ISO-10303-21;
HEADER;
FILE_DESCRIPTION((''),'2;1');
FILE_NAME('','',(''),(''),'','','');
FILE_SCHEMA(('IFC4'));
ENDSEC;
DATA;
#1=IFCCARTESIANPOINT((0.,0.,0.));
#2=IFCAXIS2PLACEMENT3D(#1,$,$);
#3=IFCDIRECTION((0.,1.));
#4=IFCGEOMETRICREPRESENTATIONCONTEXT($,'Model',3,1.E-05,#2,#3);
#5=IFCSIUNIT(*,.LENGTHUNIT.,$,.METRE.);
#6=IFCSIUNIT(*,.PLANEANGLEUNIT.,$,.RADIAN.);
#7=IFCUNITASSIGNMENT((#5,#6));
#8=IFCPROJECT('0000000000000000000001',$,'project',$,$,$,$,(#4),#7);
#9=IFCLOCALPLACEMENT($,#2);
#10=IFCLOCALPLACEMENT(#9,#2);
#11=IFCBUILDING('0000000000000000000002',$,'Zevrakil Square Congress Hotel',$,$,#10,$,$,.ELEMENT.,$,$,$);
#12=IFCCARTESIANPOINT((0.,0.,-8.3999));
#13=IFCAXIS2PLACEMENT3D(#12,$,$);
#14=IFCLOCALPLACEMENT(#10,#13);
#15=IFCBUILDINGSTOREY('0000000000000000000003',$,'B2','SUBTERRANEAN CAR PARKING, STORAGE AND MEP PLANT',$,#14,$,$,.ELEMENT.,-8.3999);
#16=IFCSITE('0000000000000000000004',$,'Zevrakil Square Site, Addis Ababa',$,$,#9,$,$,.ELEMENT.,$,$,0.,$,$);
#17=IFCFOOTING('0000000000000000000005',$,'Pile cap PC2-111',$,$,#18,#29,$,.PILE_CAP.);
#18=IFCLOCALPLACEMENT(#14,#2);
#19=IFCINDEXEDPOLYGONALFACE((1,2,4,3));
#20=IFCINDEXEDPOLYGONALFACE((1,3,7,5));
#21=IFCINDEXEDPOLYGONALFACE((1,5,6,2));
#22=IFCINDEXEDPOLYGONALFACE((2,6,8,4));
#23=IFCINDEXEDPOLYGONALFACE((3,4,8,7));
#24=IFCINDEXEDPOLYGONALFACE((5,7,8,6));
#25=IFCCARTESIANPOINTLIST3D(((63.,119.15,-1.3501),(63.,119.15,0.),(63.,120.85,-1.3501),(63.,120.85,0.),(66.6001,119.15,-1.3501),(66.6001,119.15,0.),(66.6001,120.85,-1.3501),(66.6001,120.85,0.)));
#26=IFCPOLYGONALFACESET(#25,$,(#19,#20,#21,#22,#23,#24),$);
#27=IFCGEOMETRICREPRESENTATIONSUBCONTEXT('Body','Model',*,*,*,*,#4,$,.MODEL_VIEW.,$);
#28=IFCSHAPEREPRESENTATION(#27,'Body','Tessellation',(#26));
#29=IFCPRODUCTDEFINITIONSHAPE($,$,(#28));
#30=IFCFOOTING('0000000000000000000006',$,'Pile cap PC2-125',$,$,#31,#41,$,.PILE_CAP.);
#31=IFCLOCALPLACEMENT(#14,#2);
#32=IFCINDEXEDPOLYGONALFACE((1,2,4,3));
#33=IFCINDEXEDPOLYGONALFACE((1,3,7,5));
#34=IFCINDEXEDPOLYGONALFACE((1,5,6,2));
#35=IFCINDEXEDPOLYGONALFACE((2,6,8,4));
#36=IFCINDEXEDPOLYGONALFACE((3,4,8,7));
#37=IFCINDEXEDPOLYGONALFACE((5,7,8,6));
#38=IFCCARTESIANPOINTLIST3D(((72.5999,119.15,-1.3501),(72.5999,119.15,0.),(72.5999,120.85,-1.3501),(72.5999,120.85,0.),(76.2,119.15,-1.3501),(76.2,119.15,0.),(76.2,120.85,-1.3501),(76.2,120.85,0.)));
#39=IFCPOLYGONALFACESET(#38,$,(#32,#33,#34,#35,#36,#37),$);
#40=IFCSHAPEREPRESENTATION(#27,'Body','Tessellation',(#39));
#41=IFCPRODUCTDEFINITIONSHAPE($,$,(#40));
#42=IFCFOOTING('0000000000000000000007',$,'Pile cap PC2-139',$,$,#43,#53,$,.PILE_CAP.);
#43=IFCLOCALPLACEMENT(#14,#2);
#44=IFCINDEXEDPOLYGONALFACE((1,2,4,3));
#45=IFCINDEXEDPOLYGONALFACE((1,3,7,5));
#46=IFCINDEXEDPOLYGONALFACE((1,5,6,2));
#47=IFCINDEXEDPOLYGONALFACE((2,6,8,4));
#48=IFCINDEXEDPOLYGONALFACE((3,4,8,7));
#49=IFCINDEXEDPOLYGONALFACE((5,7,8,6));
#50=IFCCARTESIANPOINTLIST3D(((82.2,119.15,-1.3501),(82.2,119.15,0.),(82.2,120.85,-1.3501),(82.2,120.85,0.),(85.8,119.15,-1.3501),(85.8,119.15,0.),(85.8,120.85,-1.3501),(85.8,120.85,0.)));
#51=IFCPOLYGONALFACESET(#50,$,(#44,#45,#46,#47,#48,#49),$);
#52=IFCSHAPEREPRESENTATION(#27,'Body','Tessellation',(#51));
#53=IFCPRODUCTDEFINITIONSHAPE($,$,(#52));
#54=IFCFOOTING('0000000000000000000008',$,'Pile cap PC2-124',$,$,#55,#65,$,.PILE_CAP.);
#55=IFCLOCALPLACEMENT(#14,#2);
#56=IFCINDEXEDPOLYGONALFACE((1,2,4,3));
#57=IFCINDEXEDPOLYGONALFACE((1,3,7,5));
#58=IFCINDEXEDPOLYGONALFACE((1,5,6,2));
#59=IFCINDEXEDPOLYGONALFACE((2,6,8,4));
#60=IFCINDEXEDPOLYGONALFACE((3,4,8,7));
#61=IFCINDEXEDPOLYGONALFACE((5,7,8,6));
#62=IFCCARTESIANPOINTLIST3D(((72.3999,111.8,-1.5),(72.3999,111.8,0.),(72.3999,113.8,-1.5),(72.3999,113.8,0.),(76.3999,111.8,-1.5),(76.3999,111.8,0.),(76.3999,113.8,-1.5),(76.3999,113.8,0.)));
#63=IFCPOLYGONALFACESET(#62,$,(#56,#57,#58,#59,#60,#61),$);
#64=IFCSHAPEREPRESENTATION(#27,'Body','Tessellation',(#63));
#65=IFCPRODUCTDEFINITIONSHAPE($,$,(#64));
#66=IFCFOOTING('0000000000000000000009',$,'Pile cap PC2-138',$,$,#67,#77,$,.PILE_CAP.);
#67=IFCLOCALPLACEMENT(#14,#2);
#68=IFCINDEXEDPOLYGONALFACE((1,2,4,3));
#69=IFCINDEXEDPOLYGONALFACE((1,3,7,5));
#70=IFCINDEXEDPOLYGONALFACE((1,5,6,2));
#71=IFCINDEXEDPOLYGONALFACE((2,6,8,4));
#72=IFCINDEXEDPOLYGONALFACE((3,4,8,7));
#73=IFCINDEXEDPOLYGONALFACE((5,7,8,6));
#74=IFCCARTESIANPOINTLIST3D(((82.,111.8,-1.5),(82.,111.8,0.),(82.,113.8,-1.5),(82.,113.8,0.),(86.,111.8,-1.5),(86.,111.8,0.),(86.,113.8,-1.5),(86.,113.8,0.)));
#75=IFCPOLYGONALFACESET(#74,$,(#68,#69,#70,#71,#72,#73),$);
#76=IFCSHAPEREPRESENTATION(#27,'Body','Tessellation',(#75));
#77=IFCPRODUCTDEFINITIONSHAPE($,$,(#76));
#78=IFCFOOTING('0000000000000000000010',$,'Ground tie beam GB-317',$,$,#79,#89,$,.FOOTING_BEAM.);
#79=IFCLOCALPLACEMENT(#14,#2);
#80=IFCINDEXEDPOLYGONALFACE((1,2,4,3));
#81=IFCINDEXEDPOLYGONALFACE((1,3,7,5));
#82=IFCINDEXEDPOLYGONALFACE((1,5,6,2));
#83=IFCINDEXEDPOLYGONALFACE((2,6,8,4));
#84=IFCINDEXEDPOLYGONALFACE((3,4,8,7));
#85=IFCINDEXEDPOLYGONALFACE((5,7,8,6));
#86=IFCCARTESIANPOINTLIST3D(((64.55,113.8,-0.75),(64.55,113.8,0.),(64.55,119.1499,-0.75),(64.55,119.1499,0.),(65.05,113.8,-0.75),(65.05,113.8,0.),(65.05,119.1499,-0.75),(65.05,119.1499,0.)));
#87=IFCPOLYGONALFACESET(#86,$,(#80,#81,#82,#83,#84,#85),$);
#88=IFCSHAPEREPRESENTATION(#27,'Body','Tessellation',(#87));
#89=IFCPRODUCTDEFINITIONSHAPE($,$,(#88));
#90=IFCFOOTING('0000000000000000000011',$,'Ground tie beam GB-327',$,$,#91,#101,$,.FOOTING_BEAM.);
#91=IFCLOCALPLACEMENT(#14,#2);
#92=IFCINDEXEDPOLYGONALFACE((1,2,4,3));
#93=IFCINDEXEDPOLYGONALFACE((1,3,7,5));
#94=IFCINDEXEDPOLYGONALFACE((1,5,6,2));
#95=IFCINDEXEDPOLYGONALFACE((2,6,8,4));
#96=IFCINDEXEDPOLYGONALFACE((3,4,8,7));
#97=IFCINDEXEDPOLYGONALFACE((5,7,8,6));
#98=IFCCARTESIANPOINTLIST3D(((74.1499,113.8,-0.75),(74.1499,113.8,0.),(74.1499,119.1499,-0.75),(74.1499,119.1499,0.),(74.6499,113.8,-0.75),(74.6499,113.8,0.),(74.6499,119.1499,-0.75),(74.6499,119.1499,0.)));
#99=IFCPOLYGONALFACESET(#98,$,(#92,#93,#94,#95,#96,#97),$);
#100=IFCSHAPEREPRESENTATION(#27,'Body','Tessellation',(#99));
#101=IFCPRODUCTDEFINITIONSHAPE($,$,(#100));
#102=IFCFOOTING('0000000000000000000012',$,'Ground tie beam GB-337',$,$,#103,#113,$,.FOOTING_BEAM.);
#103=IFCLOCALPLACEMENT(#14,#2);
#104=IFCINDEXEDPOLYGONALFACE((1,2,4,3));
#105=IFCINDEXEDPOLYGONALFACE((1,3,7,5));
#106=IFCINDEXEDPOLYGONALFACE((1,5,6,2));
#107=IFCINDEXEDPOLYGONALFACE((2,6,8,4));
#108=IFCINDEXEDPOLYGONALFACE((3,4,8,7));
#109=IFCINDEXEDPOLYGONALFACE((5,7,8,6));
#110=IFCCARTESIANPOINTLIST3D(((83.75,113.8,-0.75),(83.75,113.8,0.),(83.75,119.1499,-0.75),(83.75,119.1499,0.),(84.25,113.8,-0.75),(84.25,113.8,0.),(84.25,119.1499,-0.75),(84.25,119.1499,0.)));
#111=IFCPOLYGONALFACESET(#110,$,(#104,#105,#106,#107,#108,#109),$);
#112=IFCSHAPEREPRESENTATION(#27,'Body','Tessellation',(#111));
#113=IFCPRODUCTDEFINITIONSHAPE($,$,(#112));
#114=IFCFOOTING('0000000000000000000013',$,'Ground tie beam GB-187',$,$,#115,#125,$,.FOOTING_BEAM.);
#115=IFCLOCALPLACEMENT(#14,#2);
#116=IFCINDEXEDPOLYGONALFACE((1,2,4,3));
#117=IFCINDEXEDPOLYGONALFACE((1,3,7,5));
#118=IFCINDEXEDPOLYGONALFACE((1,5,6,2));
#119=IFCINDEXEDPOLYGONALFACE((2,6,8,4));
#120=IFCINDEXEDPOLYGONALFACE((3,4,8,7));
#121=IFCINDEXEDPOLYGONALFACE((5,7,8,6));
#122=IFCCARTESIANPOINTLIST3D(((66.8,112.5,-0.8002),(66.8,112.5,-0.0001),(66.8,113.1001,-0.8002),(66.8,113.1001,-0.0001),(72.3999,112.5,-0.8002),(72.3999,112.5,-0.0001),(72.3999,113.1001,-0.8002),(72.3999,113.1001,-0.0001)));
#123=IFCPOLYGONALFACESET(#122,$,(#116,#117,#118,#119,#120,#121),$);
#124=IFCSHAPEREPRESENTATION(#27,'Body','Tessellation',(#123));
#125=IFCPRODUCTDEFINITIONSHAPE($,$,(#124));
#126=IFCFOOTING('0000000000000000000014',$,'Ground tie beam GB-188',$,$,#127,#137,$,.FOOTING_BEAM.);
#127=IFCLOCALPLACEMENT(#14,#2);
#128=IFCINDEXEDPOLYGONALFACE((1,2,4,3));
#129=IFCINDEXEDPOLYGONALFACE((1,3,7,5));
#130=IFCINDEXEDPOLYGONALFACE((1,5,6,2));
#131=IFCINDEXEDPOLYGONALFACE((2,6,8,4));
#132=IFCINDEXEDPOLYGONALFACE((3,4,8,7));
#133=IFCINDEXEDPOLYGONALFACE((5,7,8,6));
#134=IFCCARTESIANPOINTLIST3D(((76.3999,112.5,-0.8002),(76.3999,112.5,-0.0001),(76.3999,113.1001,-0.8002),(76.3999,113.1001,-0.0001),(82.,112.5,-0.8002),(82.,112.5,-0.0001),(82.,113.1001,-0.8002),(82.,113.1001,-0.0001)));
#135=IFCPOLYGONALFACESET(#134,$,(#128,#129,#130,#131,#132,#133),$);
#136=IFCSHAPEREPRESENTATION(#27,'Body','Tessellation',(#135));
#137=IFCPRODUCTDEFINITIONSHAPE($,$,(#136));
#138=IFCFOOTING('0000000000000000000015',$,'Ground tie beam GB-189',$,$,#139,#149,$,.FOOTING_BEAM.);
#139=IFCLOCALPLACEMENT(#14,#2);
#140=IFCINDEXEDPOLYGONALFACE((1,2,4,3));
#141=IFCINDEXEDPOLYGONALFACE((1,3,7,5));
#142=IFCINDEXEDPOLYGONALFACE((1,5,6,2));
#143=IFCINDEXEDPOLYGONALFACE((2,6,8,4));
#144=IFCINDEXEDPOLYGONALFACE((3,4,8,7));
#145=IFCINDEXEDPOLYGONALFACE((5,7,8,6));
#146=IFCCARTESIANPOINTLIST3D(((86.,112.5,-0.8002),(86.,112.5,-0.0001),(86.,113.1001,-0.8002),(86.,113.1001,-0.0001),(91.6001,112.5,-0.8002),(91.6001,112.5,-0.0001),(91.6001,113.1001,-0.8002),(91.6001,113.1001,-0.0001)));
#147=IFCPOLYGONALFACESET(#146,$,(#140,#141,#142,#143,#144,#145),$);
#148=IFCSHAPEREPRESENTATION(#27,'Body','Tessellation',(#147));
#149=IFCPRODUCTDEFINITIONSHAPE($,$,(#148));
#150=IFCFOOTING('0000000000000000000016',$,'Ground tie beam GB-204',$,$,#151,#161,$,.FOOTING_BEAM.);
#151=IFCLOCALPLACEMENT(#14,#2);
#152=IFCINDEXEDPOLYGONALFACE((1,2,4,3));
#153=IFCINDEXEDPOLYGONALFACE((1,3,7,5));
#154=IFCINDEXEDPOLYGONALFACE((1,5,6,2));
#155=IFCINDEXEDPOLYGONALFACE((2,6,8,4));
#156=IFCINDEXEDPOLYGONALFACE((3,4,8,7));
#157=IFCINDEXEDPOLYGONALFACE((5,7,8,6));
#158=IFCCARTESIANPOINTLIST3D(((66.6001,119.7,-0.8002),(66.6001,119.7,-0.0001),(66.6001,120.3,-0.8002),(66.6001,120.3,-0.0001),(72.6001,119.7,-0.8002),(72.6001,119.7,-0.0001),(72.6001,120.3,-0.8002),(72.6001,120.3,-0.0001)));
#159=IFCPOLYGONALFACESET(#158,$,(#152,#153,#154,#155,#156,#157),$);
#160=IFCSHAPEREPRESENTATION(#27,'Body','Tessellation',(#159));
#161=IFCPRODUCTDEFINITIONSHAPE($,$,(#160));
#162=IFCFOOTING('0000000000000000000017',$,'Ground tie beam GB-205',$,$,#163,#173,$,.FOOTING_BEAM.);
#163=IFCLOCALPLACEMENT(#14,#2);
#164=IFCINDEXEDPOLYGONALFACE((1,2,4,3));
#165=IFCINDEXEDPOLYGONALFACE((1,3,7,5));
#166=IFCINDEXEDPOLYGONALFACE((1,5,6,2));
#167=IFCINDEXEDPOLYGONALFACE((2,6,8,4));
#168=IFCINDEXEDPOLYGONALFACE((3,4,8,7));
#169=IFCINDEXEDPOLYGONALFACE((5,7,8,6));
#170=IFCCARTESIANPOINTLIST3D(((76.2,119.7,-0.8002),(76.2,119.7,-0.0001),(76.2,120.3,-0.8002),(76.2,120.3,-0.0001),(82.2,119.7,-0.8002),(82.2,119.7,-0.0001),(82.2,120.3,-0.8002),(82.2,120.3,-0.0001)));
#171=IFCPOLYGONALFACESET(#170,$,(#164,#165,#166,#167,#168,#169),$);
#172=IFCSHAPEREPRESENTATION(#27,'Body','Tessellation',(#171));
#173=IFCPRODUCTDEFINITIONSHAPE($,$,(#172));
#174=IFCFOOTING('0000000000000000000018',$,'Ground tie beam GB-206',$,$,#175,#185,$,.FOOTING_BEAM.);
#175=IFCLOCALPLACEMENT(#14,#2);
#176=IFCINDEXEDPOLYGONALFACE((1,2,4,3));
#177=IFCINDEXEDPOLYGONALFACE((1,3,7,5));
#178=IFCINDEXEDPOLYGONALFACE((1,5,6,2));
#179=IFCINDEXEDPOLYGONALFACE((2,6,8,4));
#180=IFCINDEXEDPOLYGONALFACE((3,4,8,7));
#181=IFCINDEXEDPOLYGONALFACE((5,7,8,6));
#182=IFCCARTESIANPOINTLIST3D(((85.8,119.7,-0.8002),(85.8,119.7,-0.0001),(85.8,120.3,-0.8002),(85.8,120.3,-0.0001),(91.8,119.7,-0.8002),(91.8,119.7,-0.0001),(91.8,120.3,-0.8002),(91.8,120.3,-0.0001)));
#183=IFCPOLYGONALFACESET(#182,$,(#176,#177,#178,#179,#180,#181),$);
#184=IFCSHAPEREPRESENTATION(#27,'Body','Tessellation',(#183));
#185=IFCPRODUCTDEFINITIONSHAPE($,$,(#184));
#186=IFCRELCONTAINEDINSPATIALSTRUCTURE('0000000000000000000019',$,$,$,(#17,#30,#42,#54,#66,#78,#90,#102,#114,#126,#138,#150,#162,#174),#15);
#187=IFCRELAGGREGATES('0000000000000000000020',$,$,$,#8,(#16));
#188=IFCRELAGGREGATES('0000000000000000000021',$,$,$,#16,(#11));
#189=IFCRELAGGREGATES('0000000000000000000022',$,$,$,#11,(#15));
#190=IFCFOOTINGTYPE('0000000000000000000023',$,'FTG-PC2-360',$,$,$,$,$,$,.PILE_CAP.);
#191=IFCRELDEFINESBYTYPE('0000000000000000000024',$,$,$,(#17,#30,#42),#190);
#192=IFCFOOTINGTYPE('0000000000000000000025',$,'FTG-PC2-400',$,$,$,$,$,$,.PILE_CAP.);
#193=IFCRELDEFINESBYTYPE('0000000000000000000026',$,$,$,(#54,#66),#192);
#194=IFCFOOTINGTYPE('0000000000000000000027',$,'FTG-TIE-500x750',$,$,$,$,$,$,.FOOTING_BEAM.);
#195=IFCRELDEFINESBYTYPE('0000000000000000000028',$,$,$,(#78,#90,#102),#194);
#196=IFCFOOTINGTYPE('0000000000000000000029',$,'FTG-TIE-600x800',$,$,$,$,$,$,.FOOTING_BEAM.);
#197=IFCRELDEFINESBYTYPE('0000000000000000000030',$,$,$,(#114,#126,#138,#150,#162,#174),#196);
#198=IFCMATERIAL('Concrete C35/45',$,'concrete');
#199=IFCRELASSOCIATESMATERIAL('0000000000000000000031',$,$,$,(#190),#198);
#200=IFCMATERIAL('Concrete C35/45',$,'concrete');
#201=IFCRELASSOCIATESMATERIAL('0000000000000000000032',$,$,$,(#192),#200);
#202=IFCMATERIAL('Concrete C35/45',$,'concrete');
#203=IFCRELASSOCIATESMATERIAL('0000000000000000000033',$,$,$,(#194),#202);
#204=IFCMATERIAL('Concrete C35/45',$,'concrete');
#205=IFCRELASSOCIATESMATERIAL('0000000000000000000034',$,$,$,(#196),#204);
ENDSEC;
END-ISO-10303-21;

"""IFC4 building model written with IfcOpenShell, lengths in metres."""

from ifc_helpers import new_model, si_unit, direction, frame, origin, origin_2d, place, context, subcontext, project, spatial, rectangle, extrude, material, material_profile, profile_set, type_object, element, save


model = new_model("IFC4")

# Units and contexts
model_context = context("Model", 3, precision=1e-05, world=origin(), true_north=direction((0.0, 1.0)))
body_context = subcontext(model_context, "Body", "Model", "MODEL_VIEW")
ifc_project = project(units=[si_unit("LENGTHUNIT", "METRE"), si_unit("PLANEANGLEUNIT", "RADIAN")], contexts=[model_context])

# Site, building, storey
site_placement = place(None, origin())
site = spatial("IfcSite", under=ifc_project, at=site_placement, Name="Zevrakil Square Site, Addis Ababa", CompositionType="ELEMENT", RefElevation=0.0)
building_placement = place(site_placement, origin())
building = spatial("IfcBuilding", under=site, at=building_placement, Name="Zevrakil Square Congress Hotel", CompositionType="ELEMENT")
storey_placement = place(building_placement, frame((0.0, 0.0, -8.3999)))
storey = spatial("IfcBuildingStorey", under=building, at=storey_placement, Name="B2", Description="SUBTERRANEAN CAR PARKING, STORAGE AND MEP PLANT", CompositionType="ELEMENT", Elevation=-8.3999)

# Footings
ifc_material_1 = material(Name="Concrete C35/45", Category="concrete")
footing_type_1 = type_object("IfcFootingType", Name="FTG-PC2-360", PredefinedType="PILE_CAP", material=ifc_material_1)
for number, where, z_axis, x_axis, name in (
    (1, (64.8, 120.0, -1.3501), (0.0, 0.0, 1.0), (1.0, 0.0, 0.0), "Pile cap PC2-111"),
    (2, (74.3999, 120.0, -1.3501), (0.0, 0.0, 1.0), (1.0, 0.0, 0.0), "Pile cap PC2-125"),
    (3, (84.0, 120.0, -1.3501), (0.0, 0.0, 1.0), (1.0, 0.0, 0.0), "Pile cap PC2-139"),
):
    element("IfcFooting", number, at=place(storey_placement, frame(where, z_axis=z_axis, x_axis=x_axis)), inside=storey, type_object=footing_type_1, Name=name, PredefinedType="PILE_CAP", context=body_context, shape_type="SweptSolid", body=[
        extrude(rectangle(XDim=3.6001, YDim=1.7, at=origin_2d()), origin(), (0.0, 0.0, 1.0), 1.3501),
    ])
ifc_material_2 = material(Name="Concrete C35/45", Category="concrete")
footing_type_2 = type_object("IfcFootingType", Name="FTG-PC2-400", PredefinedType="PILE_CAP", material=ifc_material_2)
for number, where, z_axis, x_axis, name in (
    (4, (74.3999, 112.8, -1.5), (0.0, 0.0, 1.0), (1.0, 0.0, 0.0), "Pile cap PC2-124"),
    (5, (84.0, 112.8, -1.5), (0.0, 0.0, 1.0), (1.0, 0.0, 0.0), "Pile cap PC2-138"),
):
    element("IfcFooting", number, at=place(storey_placement, frame(where, z_axis=z_axis, x_axis=x_axis)), inside=storey, type_object=footing_type_2, Name=name, PredefinedType="PILE_CAP", context=body_context, shape_type="SweptSolid", body=[
        extrude(rectangle(XDim=4.0, YDim=2.0, at=origin_2d()), origin(), (0.0, 0.0, 1.0), 1.5),
    ])
ifc_material_3 = material(Name="Concrete C35/45", Category="concrete")
ifc_material_profile_1 = material_profile(ifc_material_3, rectangle(XDim=0.5, YDim=0.75, at=origin_2d()), Name="RC 500x750")
ifc_profile_set_1 = profile_set([ifc_material_profile_1], Name="Concrete C35/45")
footing_type_3 = type_object("IfcFootingType", Name="FTG-TIE-500x750", PredefinedType="FOOTING_BEAM", material=ifc_profile_set_1)
for number, where, z_axis, x_axis, name in (
    (6, (64.8, 113.8, -0.375), (0.0, 1.0, 0.0), (-1.0, 0.0, 0.0), "Ground tie beam GB-317"),
    (7, (74.3999, 113.8, -0.375), (0.0, 1.0, 0.0), (-1.0, 0.0, 0.0), "Ground tie beam GB-327"),
    (8, (84.0, 113.8, -0.375), (0.0, 1.0, 0.0), (-1.0, 0.0, 0.0), "Ground tie beam GB-337"),
):
    element("IfcFooting", number, at=place(storey_placement, frame(where, z_axis=z_axis, x_axis=x_axis)), inside=storey, type_object=footing_type_3, Name=name, PredefinedType="FOOTING_BEAM", context=body_context, shape_type="SweptSolid", body=[
        extrude(rectangle(XDim=0.5, YDim=0.75, at=origin_2d()), origin(), (0.0, 0.0, 1.0), 5.3499),
    ])
ifc_material_4 = material(Name="Concrete C35/45", Category="concrete")
ifc_material_profile_2 = material_profile(ifc_material_4, rectangle(XDim=0.6001, YDim=0.8, at=origin_2d()), Name="RC 600x800")
ifc_profile_set_2 = profile_set([ifc_material_profile_2], Name="Concrete C35/45")
footing_type_4 = type_object("IfcFootingType", Name="FTG-TIE-600x800", PredefinedType="FOOTING_BEAM", material=ifc_profile_set_2)
footing_placement = place(storey_placement, frame((66.8, 112.8, -0.4001), z_axis=(1.0, 0.0, 0.0), x_axis=(0.0, 1.0, 0.0)))
element("IfcFooting", 9, at=footing_placement, inside=storey, type_object=footing_type_4, Name="Ground tie beam GB-187", PredefinedType="FOOTING_BEAM", context=body_context, shape_type="SweptSolid", body=[
    extrude(rectangle(XDim=0.6001, YDim=0.8, at=origin_2d()), origin(), (0.0, 0.0, 1.0), 5.5999),
])
for number, where, z_axis, x_axis, name in (
    (10, (76.3999, 112.8, -0.4001), (1.0, 0.0, 0.0), (0.0, 1.0, 0.0), "Ground tie beam GB-188"),
    (11, (86.0, 112.8, -0.4001), (1.0, 0.0, 0.0), (0.0, 1.0, 0.0), "Ground tie beam GB-189"),
):
    element("IfcFooting", number, at=place(storey_placement, frame(where, z_axis=z_axis, x_axis=x_axis)), inside=storey, type_object=footing_type_4, Name=name, PredefinedType="FOOTING_BEAM", context=body_context, shape_type="SweptSolid", body=[
        extrude(rectangle(XDim=0.6001, YDim=0.8, at=origin_2d()), origin(), (0.0, 0.0, 1.0), 5.6001),
    ])
for number, where, z_axis, x_axis, name in (
    (12, (66.6001, 120.0, -0.4001), (1.0, 0.0, 0.0), (0.0, 1.0, 0.0), "Ground tie beam GB-204"),
    (13, (76.2, 120.0, -0.4001), (1.0, 0.0, 0.0), (0.0, 1.0, 0.0), "Ground tie beam GB-205"),
    (14, (85.8, 120.0, -0.4001), (1.0, 0.0, 0.0), (0.0, 1.0, 0.0), "Ground tie beam GB-206"),
):
    element("IfcFooting", number, at=place(storey_placement, frame(where, z_axis=z_axis, x_axis=x_axis)), inside=storey, type_object=footing_type_4, Name=name, PredefinedType="FOOTING_BEAM", context=body_context, shape_type="SweptSolid", body=[
        extrude(rectangle(XDim=0.6001, YDim=0.8, at=origin_2d()), origin(), (0.0, 0.0, 1.0), 6.0),
    ])

save(model, "model.ifc")
